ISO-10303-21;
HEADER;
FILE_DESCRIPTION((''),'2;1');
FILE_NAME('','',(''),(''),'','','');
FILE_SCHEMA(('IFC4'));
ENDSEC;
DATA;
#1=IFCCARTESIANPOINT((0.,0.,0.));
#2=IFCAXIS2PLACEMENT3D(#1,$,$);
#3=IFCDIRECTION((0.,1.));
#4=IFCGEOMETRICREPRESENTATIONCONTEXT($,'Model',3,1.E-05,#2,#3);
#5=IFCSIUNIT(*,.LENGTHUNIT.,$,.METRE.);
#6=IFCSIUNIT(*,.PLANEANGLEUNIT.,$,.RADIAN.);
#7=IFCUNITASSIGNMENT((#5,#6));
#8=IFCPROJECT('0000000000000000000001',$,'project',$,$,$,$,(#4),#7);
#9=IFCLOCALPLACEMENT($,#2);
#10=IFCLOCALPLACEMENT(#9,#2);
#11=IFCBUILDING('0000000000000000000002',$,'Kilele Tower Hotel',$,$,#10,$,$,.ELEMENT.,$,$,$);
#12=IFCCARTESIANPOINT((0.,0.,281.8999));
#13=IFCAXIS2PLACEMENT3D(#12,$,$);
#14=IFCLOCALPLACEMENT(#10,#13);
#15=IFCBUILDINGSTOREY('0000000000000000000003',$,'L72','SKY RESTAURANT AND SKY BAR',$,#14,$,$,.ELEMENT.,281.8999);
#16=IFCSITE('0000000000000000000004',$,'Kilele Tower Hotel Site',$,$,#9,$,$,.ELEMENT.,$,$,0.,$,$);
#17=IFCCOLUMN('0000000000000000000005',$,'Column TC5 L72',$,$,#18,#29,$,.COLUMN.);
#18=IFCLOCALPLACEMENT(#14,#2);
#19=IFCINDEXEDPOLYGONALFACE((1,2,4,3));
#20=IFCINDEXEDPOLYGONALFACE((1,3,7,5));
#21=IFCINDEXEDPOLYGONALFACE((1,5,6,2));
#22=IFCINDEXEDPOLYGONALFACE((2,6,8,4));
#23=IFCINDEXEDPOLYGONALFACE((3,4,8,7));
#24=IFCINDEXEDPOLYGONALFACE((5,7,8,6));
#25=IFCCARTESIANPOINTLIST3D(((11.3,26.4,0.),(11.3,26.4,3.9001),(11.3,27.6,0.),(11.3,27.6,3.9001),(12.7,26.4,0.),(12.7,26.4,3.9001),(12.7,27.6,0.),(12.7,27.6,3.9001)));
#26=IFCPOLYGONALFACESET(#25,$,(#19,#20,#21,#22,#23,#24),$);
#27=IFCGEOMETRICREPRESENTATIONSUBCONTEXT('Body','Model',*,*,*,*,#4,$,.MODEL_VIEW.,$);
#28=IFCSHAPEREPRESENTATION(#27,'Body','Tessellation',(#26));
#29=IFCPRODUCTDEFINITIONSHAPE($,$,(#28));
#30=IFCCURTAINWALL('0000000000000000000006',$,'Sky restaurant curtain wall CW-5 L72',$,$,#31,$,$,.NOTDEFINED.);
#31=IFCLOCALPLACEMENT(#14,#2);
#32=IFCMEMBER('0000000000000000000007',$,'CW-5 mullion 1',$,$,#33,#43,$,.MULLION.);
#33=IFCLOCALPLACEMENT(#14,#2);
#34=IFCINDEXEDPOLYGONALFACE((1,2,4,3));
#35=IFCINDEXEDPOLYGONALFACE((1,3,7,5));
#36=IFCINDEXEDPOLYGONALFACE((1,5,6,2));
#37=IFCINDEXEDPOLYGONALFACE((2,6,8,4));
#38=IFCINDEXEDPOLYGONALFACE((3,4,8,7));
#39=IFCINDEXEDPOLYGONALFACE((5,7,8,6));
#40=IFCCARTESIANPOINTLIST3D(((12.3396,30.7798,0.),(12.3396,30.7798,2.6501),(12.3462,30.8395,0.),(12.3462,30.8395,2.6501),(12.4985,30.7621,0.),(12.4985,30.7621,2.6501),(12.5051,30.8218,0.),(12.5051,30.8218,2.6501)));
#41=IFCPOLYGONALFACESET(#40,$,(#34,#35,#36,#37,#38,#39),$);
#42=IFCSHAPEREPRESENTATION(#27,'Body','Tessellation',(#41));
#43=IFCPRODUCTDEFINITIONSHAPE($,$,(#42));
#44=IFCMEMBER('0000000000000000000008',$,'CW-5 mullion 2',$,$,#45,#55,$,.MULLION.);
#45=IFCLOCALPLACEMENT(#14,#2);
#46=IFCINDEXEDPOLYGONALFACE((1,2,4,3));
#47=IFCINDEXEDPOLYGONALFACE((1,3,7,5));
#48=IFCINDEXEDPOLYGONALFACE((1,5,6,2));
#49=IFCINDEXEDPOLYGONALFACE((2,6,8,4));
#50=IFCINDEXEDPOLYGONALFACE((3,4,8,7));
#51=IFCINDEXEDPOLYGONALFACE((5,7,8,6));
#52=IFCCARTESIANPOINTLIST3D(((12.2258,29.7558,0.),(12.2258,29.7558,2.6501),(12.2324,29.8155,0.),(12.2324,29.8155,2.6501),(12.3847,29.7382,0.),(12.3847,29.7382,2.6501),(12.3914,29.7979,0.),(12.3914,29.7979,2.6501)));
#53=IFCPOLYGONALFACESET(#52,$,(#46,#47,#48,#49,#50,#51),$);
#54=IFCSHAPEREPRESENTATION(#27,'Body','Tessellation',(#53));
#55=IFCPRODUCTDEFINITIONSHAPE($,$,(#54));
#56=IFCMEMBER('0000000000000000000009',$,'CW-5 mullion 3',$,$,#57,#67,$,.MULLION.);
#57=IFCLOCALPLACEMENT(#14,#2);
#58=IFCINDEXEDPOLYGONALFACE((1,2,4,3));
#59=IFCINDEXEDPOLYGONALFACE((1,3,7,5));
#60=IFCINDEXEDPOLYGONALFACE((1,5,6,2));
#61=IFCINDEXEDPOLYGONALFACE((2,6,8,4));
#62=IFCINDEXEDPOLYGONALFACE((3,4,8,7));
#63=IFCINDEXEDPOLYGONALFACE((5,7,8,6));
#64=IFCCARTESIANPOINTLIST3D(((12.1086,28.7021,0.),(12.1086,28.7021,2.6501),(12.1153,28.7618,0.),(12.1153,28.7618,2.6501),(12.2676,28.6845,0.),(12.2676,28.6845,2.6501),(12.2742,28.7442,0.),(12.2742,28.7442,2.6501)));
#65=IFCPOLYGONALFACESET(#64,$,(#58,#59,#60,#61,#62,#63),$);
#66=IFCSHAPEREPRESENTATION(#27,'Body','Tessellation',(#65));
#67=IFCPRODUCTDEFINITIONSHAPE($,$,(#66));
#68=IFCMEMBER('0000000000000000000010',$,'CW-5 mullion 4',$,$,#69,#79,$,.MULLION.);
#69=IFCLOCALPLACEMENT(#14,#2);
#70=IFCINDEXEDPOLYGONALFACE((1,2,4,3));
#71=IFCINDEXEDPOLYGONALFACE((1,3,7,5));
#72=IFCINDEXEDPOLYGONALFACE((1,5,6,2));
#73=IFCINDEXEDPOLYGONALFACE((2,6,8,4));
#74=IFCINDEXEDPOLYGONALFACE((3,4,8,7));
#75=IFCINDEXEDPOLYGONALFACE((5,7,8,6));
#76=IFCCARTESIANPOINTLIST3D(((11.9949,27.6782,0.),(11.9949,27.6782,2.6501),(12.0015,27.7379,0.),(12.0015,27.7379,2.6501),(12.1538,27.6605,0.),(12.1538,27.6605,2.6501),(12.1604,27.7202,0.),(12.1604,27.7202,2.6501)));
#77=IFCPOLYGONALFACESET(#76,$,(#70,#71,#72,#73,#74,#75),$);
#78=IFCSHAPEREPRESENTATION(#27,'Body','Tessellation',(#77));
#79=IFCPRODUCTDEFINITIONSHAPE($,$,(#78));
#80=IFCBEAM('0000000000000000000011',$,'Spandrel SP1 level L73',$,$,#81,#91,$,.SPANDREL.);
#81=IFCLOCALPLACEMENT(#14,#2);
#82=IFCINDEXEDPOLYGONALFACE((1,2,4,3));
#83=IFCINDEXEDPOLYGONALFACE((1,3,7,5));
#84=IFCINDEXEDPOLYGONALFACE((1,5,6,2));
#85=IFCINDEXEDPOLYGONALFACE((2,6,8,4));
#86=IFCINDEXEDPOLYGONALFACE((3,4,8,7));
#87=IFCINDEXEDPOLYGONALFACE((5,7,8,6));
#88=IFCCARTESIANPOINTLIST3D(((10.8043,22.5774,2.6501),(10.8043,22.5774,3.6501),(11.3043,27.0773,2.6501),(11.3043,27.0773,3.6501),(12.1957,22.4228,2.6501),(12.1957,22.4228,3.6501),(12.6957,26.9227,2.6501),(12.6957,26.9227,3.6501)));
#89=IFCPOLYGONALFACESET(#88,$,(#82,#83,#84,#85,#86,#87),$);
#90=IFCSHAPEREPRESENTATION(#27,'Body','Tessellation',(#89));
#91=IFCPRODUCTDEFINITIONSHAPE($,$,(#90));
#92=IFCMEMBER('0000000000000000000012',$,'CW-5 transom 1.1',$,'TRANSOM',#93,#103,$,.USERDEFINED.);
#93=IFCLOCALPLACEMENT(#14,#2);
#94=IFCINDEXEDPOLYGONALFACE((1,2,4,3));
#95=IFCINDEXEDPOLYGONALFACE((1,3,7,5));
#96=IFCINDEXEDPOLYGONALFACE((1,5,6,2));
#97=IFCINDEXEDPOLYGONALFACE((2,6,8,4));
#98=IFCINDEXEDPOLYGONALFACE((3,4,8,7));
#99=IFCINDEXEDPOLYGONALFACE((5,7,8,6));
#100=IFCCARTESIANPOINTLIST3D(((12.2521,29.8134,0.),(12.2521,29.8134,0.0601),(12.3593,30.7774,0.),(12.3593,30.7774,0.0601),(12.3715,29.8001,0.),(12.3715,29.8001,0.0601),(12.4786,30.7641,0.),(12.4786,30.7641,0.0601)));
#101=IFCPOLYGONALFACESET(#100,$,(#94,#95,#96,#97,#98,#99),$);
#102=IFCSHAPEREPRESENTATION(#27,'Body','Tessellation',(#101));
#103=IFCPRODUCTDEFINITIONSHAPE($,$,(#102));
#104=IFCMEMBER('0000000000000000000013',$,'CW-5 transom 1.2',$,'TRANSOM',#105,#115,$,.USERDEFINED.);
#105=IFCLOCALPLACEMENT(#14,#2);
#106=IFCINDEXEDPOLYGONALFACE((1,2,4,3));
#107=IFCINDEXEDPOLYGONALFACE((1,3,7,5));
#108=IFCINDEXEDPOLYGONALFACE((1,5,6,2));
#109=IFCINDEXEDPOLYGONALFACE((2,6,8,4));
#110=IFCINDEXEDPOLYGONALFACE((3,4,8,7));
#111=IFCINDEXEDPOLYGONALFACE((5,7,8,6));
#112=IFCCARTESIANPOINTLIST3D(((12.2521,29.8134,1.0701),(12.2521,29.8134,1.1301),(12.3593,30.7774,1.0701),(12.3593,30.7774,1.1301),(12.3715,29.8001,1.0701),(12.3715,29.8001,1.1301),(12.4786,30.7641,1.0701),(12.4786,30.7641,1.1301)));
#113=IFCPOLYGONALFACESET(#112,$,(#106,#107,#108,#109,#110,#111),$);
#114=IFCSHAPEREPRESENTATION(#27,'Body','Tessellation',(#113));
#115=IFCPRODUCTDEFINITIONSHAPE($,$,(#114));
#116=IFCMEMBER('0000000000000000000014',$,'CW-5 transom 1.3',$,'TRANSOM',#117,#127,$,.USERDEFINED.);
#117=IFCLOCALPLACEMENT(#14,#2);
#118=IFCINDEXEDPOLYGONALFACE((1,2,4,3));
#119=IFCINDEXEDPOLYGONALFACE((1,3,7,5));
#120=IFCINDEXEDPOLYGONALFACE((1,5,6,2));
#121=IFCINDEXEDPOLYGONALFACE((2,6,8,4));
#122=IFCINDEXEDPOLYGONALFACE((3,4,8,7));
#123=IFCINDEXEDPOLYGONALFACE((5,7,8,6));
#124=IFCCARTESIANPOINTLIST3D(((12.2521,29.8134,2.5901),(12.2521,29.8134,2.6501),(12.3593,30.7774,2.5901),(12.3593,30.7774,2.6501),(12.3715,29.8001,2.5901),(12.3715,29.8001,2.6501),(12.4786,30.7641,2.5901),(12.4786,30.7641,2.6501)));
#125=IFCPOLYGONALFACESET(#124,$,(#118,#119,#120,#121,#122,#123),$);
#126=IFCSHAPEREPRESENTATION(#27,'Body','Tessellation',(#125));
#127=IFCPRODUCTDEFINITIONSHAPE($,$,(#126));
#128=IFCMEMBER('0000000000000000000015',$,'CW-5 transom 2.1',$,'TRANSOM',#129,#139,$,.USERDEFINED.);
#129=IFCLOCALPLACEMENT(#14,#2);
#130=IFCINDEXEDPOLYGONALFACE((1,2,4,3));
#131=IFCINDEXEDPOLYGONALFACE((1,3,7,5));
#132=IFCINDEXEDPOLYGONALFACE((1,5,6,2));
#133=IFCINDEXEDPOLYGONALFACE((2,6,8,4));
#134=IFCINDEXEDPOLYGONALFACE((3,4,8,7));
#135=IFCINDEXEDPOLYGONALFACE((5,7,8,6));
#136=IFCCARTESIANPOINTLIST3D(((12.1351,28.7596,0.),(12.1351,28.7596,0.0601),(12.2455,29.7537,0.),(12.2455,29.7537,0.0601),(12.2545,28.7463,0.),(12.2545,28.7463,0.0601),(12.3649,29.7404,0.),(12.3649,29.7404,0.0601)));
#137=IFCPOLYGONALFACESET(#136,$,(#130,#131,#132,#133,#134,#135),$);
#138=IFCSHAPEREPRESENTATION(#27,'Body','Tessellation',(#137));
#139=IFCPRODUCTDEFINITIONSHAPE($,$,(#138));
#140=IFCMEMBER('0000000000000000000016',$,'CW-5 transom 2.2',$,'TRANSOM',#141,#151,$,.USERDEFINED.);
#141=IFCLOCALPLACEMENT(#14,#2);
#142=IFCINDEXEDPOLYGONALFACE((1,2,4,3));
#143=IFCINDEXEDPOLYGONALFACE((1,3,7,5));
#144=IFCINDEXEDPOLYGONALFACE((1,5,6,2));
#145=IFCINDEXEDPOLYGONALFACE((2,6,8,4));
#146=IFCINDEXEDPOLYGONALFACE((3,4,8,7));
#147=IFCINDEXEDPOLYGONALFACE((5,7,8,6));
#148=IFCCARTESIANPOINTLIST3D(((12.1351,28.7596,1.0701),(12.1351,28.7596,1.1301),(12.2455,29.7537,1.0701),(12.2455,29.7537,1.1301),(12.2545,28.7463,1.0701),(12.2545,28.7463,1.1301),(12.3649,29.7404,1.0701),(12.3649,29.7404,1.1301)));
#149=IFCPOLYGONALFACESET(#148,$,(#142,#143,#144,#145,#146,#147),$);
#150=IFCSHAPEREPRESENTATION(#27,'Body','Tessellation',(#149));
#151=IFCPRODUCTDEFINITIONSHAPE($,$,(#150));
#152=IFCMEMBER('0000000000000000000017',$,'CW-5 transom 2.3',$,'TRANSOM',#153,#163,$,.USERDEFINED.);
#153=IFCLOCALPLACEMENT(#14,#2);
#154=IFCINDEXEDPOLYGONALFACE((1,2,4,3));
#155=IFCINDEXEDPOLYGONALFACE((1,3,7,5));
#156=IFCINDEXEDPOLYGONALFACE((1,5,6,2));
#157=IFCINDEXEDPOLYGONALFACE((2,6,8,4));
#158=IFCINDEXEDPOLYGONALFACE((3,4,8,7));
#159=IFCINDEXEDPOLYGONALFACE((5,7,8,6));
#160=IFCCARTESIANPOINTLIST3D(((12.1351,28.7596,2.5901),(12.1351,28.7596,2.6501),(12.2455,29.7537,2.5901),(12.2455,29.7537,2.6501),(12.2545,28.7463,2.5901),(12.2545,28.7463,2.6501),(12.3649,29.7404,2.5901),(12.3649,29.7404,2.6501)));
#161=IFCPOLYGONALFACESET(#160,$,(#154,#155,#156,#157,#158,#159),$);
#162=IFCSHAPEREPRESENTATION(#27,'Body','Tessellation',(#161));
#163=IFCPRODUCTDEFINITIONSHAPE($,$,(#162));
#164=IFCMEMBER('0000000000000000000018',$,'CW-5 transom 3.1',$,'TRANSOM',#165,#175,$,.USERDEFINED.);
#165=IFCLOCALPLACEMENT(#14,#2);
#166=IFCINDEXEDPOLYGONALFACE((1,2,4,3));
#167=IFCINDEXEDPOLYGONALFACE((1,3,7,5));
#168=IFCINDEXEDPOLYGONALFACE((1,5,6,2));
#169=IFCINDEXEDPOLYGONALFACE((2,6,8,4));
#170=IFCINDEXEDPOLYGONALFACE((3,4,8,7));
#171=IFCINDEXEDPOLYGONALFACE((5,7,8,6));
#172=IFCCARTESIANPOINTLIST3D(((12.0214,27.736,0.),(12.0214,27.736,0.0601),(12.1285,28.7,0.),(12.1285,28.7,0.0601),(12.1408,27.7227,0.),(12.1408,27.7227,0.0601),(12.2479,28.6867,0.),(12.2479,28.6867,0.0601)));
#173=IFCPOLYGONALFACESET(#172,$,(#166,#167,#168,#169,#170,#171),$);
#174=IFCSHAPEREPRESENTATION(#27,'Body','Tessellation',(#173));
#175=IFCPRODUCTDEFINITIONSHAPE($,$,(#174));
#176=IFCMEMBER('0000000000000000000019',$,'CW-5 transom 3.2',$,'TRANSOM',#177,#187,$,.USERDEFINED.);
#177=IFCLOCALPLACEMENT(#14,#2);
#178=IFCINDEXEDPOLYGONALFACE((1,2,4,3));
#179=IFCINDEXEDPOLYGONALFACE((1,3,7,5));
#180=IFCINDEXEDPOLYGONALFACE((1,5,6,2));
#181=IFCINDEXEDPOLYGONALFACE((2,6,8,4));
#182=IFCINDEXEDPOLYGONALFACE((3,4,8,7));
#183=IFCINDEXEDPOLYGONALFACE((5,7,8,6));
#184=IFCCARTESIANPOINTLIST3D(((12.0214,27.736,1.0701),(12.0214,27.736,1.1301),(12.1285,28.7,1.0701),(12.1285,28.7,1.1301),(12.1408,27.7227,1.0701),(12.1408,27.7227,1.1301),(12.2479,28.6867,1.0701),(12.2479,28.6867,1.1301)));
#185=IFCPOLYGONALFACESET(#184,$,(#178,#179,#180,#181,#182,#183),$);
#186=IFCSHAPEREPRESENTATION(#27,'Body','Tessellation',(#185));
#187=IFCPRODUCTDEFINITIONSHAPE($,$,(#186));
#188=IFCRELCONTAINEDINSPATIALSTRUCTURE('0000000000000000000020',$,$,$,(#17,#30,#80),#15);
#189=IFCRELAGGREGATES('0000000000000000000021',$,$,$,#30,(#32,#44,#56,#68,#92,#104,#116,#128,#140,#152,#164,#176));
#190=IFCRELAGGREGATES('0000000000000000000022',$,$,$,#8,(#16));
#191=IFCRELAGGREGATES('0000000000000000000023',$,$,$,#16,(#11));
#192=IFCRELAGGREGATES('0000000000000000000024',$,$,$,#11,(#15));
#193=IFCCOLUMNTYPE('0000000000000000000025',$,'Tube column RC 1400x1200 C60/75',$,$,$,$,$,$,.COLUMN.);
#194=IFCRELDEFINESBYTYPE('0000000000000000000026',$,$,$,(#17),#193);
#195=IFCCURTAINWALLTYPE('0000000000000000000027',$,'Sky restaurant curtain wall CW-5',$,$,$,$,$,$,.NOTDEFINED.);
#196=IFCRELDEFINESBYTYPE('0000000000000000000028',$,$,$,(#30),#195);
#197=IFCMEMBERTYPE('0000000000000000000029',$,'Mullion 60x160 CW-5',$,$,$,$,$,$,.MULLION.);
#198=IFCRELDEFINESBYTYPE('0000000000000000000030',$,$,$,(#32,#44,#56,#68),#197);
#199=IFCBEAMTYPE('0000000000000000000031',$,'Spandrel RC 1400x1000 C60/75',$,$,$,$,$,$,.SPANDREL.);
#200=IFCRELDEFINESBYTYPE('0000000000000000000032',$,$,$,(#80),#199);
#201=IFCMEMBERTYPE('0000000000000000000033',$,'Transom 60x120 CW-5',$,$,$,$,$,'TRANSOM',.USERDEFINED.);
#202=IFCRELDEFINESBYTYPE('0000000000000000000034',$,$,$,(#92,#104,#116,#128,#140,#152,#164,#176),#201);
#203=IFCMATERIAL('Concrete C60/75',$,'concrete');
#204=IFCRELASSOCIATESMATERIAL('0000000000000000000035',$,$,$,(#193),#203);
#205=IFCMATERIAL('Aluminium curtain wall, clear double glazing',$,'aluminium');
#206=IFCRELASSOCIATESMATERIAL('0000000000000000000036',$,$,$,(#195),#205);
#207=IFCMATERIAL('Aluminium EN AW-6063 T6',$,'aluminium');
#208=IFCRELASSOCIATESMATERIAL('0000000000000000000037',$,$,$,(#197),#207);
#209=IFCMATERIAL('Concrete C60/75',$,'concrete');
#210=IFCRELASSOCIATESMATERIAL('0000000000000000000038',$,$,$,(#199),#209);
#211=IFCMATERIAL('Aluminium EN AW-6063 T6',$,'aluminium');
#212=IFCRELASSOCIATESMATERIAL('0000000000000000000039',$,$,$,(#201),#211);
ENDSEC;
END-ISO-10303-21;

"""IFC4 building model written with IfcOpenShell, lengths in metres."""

from ifc_helpers import new_model, si_unit, direction, frame, origin, origin_2d, place, context, subcontext, project, spatial, rectangle, extrude, material, material_profile, profile_set, type_object, element, aggregate, save


model = new_model("IFC4")

# Units and contexts
model_context = context("Model", 3, precision=1e-05, world=origin(), true_north=direction((0.0, 1.0)))
body_context = subcontext(model_context, "Body", "Model", "MODEL_VIEW")
ifc_project = project(units=[si_unit("LENGTHUNIT", "METRE"), si_unit("PLANEANGLEUNIT", "RADIAN")], contexts=[model_context])

# Site, building, storey
site_placement = place(None, origin())
site = spatial("IfcSite", under=ifc_project, at=site_placement, Name="Kilele Tower Hotel Site", CompositionType="ELEMENT", RefElevation=0.0)
building_placement = place(site_placement, origin())
building = spatial("IfcBuilding", under=site, at=building_placement, Name="Kilele Tower Hotel", CompositionType="ELEMENT")
storey_placement = place(building_placement, frame((0.0, 0.0, 281.8999)))
storey = spatial("IfcBuildingStorey", under=building, at=storey_placement, Name="L72", Description="SKY RESTAURANT AND SKY BAR", CompositionType="ELEMENT", Elevation=281.8999)

# Column
ifc_material_1 = material(Name="Concrete C60/75", Category="concrete")
ifc_material_profile_1 = material_profile(ifc_material_1, rectangle(XDim=1.3999, YDim=1.2, at=origin_2d()))
ifc_profile_set_1 = profile_set([ifc_material_profile_1], Name="Concrete C60/75")
column_type = type_object("IfcColumnType", Name="Tube column RC 1400x1200 C60/75", PredefinedType="COLUMN", material=ifc_profile_set_1)
column_placement = place(storey_placement, frame((12.0, 27.0, 0.0), z_axis=(0.0, 0.0, 1.0), x_axis=(1.0, 0.0, 0.0)))
element("IfcColumn", 1, at=column_placement, inside=storey, type_object=column_type, Name="Column TC5 L72", PredefinedType="COLUMN", context=body_context, shape_type="SweptSolid", body=[
    extrude(rectangle(XDim=1.3999, YDim=1.2, at=origin_2d()), origin(), (0.0, 0.0, 1.0), 3.9001),
])

# Curtain wall, members
ifc_material_2 = material(Name="Aluminium curtain wall, clear double glazing", Category="aluminium")
curtain_wall_type = type_object("IfcCurtainWallType", Name="Sky restaurant curtain wall CW-5", PredefinedType="NOTDEFINED", material=ifc_material_2)
curtain_wall_placement = place(storey_placement, origin())
curtain_wall = element("IfcCurtainWall", 2, at=curtain_wall_placement, inside=storey, type_object=curtain_wall_type, Name="Sky restaurant curtain wall CW-5 L72", PredefinedType="NOTDEFINED")
ifc_material_3 = material(Name="Aluminium EN AW-6063 T6", Category="aluminium")
ifc_material_profile_2 = material_profile(ifc_material_3, rectangle(XDim=0.1599, YDim=0.0601, at=origin_2d()))
ifc_profile_set_2 = profile_set([ifc_material_profile_2], Name="Aluminium EN AW-6063 T6")
member_type_1 = type_object("IfcMemberType", Name="Mullion 60x160 CW-5", PredefinedType="MULLION", material=ifc_profile_set_2)
member_1_placement = place(storey_placement, frame((12.4224, 30.8008, 0.0), z_axis=(0.0, 0.0, 1.0), x_axis=(0.993884, -0.110432, 0.0)))
member_1 = element("IfcMember", 3, at=member_1_placement, type_object=member_type_1, Name="CW-5 mullion 1", PredefinedType="MULLION", context=body_context, shape_type="SweptSolid", body=[
    extrude(rectangle(XDim=0.1599, YDim=0.0601, at=origin_2d()), origin(), (0.0, 0.0, 1.0), 2.6501),
])
member_2_placement = place(storey_placement, frame((12.3086, 29.7769, 0.0), z_axis=(0.0, 0.0, 1.0), x_axis=(0.993884, -0.110432, 0.0)))
member_2 = element("IfcMember", 4, at=member_2_placement, type_object=member_type_1, Name="CW-5 mullion 2", PredefinedType="MULLION", context=body_context, shape_type="SweptSolid", body=[
    extrude(rectangle(XDim=0.1599, YDim=0.0601, at=origin_2d()), origin(), (0.0, 0.0, 1.0), 2.6501),
])
member_3_placement = place(storey_placement, frame((12.1914, 28.7231, 0.0), z_axis=(0.0, 0.0, 1.0), x_axis=(0.993884, -0.110432, 0.0)))
member_3 = element("IfcMember", 5, at=member_3_placement, type_object=member_type_1, Name="CW-5 mullion 3", PredefinedType="MULLION", context=body_context, shape_type="SweptSolid", body=[
    extrude(rectangle(XDim=0.1599, YDim=0.0601, at=origin_2d()), origin(), (0.0, 0.0, 1.0), 2.6501),
])
member_4_placement = place(storey_placement, frame((12.0776, 27.6992, 0.0), z_axis=(0.0, 0.0, 1.0), x_axis=(0.993884, -0.110432, 0.0)))
member_4 = element("IfcMember", 6, at=member_4_placement, type_object=member_type_1, Name="CW-5 mullion 4", PredefinedType="MULLION", context=body_context, shape_type="SweptSolid", body=[
    extrude(rectangle(XDim=0.1599, YDim=0.0601, at=origin_2d()), origin(), (0.0, 0.0, 1.0), 2.6501),
])

# Beam
ifc_material_4 = material(Name="Concrete C60/75", Category="concrete")
ifc_material_profile_3 = material_profile(ifc_material_4, rectangle(XDim=1.3999, YDim=1.0, at=origin_2d()))
ifc_profile_set_3 = profile_set([ifc_material_profile_3], Name="Concrete C60/75")
beam_type = type_object("IfcBeamType", Name="Spandrel RC 1400x1000 C60/75", PredefinedType="SPANDREL", material=ifc_profile_set_3)
beam_placement = place(storey_placement, frame((12.0, 27.0, 3.1501), z_axis=(-0.110432, -0.993884, 0.0), x_axis=(0.993884, -0.110432, 0.0)))
element("IfcBeam", 7, at=beam_placement, inside=storey, type_object=beam_type, Name="Spandrel SP1 level L73", PredefinedType="SPANDREL", context=body_context, shape_type="SweptSolid", body=[
    extrude(rectangle(XDim=1.3999, YDim=1.0, at=origin_2d()), origin(), (0.0, 0.0, 1.0), 4.5276),
])

# Members
ifc_material_5 = material(Name="Aluminium EN AW-6063 T6", Category="aluminium")
ifc_material_profile_4 = material_profile(ifc_material_5, rectangle(XDim=0.1201, YDim=0.0601, at=origin_2d()))
ifc_profile_set_4 = profile_set([ifc_material_profile_4], Name="Aluminium EN AW-6063 T6")
member_type_2 = type_object("IfcMemberType", Name="Transom 60x120 CW-5", ElementType="TRANSOM", PredefinedType="USERDEFINED", material=ifc_profile_set_4)
member_5_placement = place(storey_placement, frame((12.4189, 30.7708, 0.03), z_axis=(-0.110487, -0.993878, 0.0), x_axis=(0.993878, -0.110487, 0.0)))
member_5 = element("IfcMember", 8, at=member_5_placement, type_object=member_type_2, Name="CW-5 transom 1.1", ObjectType="TRANSOM", PredefinedType="USERDEFINED", context=body_context, shape_type="SweptSolid", body=[
    extrude(rectangle(XDim=0.1201, YDim=0.0601, at=origin_2d()), origin(), (0.0, 0.0, 1.0), 0.97),
])
member_6_placement = place(storey_placement, frame((12.4189, 30.7708, 1.1001), z_axis=(-0.110487, -0.993878, 0.0), x_axis=(0.993878, -0.110487, 0.0)))
member_6 = element("IfcMember", 9, at=member_6_placement, type_object=member_type_2, Name="CW-5 transom 1.2", ObjectType="TRANSOM", PredefinedType="USERDEFINED", context=body_context, shape_type="SweptSolid", body=[
    extrude(rectangle(XDim=0.1201, YDim=0.0601, at=origin_2d()), origin(), (0.0, 0.0, 1.0), 0.97),
])
member_7_placement = place(storey_placement, frame((12.4189, 30.7708, 2.6201), z_axis=(-0.110487, -0.993878, 0.0), x_axis=(0.993878, -0.110487, 0.0)))
member_7 = element("IfcMember", 10, at=member_7_placement, type_object=member_type_2, Name="CW-5 transom 1.3", ObjectType="TRANSOM", PredefinedType="USERDEFINED", context=body_context, shape_type="SweptSolid", body=[
    extrude(rectangle(XDim=0.1201, YDim=0.0601, at=origin_2d()), origin(), (0.0, 0.0, 1.0), 0.97),
])
member_8_placement = place(storey_placement, frame((12.3052, 29.7471, 0.03), z_axis=(-0.110324, -0.993896, 0.0), x_axis=(0.993896, -0.110324, 0.0)))
member_8 = element("IfcMember", 11, at=member_8_placement, type_object=member_type_2, Name="CW-5 transom 2.1", ObjectType="TRANSOM", PredefinedType="USERDEFINED", context=body_context, shape_type="SweptSolid", body=[
    extrude(rectangle(XDim=0.1201, YDim=0.0601, at=origin_2d()), origin(), (0.0, 0.0, 1.0), 1.0002),
])
member_9_placement = place(storey_placement, frame((12.3052, 29.7471, 1.1001), z_axis=(-0.110324, -0.993896, 0.0), x_axis=(0.993896, -0.110324, 0.0)))
member_9 = element("IfcMember", 12, at=member_9_placement, type_object=member_type_2, Name="CW-5 transom 2.2", ObjectType="TRANSOM", PredefinedType="USERDEFINED", context=body_context, shape_type="SweptSolid", body=[
    extrude(rectangle(XDim=0.1201, YDim=0.0601, at=origin_2d()), origin(), (0.0, 0.0, 1.0), 1.0002),
])
member_10_placement = place(storey_placement, frame((12.3052, 29.7471, 2.6201), z_axis=(-0.110324, -0.993896, 0.0), x_axis=(0.993896, -0.110324, 0.0)))
member_10 = element("IfcMember", 13, at=member_10_placement, type_object=member_type_2, Name="CW-5 transom 2.3", ObjectType="TRANSOM", PredefinedType="USERDEFINED", context=body_context, shape_type="SweptSolid", body=[
    extrude(rectangle(XDim=0.1201, YDim=0.0601, at=origin_2d()), origin(), (0.0, 0.0, 1.0), 1.0002),
])
member_11_placement = place(storey_placement, frame((12.1882, 28.6934, 0.03), z_axis=(-0.110487, -0.993878, 0.0), x_axis=(0.993878, -0.110487, 0.0)))
member_11 = element("IfcMember", 14, at=member_11_placement, type_object=member_type_2, Name="CW-5 transom 3.1", ObjectType="TRANSOM", PredefinedType="USERDEFINED", context=body_context, shape_type="SweptSolid", body=[
    extrude(rectangle(XDim=0.1201, YDim=0.0601, at=origin_2d()), origin(), (0.0, 0.0, 1.0), 0.97),
])
member_12_placement = place(storey_placement, frame((12.1882, 28.6934, 1.1001), z_axis=(-0.110487, -0.993878, 0.0), x_axis=(0.993878, -0.110487, 0.0)))
member_12 = element("IfcMember", 15, at=member_12_placement, type_object=member_type_2, Name="CW-5 transom 3.2", ObjectType="TRANSOM", PredefinedType="USERDEFINED", context=body_context, shape_type="SweptSolid", body=[
    extrude(rectangle(XDim=0.1201, YDim=0.0601, at=origin_2d()), origin(), (0.0, 0.0, 1.0), 0.97),
])

aggregate(curtain_wall, [member_1, member_2, member_3, member_4, member_5, member_6, member_7, member_8, member_9, member_10, member_11, member_12])

save(model, "model.ifc")
